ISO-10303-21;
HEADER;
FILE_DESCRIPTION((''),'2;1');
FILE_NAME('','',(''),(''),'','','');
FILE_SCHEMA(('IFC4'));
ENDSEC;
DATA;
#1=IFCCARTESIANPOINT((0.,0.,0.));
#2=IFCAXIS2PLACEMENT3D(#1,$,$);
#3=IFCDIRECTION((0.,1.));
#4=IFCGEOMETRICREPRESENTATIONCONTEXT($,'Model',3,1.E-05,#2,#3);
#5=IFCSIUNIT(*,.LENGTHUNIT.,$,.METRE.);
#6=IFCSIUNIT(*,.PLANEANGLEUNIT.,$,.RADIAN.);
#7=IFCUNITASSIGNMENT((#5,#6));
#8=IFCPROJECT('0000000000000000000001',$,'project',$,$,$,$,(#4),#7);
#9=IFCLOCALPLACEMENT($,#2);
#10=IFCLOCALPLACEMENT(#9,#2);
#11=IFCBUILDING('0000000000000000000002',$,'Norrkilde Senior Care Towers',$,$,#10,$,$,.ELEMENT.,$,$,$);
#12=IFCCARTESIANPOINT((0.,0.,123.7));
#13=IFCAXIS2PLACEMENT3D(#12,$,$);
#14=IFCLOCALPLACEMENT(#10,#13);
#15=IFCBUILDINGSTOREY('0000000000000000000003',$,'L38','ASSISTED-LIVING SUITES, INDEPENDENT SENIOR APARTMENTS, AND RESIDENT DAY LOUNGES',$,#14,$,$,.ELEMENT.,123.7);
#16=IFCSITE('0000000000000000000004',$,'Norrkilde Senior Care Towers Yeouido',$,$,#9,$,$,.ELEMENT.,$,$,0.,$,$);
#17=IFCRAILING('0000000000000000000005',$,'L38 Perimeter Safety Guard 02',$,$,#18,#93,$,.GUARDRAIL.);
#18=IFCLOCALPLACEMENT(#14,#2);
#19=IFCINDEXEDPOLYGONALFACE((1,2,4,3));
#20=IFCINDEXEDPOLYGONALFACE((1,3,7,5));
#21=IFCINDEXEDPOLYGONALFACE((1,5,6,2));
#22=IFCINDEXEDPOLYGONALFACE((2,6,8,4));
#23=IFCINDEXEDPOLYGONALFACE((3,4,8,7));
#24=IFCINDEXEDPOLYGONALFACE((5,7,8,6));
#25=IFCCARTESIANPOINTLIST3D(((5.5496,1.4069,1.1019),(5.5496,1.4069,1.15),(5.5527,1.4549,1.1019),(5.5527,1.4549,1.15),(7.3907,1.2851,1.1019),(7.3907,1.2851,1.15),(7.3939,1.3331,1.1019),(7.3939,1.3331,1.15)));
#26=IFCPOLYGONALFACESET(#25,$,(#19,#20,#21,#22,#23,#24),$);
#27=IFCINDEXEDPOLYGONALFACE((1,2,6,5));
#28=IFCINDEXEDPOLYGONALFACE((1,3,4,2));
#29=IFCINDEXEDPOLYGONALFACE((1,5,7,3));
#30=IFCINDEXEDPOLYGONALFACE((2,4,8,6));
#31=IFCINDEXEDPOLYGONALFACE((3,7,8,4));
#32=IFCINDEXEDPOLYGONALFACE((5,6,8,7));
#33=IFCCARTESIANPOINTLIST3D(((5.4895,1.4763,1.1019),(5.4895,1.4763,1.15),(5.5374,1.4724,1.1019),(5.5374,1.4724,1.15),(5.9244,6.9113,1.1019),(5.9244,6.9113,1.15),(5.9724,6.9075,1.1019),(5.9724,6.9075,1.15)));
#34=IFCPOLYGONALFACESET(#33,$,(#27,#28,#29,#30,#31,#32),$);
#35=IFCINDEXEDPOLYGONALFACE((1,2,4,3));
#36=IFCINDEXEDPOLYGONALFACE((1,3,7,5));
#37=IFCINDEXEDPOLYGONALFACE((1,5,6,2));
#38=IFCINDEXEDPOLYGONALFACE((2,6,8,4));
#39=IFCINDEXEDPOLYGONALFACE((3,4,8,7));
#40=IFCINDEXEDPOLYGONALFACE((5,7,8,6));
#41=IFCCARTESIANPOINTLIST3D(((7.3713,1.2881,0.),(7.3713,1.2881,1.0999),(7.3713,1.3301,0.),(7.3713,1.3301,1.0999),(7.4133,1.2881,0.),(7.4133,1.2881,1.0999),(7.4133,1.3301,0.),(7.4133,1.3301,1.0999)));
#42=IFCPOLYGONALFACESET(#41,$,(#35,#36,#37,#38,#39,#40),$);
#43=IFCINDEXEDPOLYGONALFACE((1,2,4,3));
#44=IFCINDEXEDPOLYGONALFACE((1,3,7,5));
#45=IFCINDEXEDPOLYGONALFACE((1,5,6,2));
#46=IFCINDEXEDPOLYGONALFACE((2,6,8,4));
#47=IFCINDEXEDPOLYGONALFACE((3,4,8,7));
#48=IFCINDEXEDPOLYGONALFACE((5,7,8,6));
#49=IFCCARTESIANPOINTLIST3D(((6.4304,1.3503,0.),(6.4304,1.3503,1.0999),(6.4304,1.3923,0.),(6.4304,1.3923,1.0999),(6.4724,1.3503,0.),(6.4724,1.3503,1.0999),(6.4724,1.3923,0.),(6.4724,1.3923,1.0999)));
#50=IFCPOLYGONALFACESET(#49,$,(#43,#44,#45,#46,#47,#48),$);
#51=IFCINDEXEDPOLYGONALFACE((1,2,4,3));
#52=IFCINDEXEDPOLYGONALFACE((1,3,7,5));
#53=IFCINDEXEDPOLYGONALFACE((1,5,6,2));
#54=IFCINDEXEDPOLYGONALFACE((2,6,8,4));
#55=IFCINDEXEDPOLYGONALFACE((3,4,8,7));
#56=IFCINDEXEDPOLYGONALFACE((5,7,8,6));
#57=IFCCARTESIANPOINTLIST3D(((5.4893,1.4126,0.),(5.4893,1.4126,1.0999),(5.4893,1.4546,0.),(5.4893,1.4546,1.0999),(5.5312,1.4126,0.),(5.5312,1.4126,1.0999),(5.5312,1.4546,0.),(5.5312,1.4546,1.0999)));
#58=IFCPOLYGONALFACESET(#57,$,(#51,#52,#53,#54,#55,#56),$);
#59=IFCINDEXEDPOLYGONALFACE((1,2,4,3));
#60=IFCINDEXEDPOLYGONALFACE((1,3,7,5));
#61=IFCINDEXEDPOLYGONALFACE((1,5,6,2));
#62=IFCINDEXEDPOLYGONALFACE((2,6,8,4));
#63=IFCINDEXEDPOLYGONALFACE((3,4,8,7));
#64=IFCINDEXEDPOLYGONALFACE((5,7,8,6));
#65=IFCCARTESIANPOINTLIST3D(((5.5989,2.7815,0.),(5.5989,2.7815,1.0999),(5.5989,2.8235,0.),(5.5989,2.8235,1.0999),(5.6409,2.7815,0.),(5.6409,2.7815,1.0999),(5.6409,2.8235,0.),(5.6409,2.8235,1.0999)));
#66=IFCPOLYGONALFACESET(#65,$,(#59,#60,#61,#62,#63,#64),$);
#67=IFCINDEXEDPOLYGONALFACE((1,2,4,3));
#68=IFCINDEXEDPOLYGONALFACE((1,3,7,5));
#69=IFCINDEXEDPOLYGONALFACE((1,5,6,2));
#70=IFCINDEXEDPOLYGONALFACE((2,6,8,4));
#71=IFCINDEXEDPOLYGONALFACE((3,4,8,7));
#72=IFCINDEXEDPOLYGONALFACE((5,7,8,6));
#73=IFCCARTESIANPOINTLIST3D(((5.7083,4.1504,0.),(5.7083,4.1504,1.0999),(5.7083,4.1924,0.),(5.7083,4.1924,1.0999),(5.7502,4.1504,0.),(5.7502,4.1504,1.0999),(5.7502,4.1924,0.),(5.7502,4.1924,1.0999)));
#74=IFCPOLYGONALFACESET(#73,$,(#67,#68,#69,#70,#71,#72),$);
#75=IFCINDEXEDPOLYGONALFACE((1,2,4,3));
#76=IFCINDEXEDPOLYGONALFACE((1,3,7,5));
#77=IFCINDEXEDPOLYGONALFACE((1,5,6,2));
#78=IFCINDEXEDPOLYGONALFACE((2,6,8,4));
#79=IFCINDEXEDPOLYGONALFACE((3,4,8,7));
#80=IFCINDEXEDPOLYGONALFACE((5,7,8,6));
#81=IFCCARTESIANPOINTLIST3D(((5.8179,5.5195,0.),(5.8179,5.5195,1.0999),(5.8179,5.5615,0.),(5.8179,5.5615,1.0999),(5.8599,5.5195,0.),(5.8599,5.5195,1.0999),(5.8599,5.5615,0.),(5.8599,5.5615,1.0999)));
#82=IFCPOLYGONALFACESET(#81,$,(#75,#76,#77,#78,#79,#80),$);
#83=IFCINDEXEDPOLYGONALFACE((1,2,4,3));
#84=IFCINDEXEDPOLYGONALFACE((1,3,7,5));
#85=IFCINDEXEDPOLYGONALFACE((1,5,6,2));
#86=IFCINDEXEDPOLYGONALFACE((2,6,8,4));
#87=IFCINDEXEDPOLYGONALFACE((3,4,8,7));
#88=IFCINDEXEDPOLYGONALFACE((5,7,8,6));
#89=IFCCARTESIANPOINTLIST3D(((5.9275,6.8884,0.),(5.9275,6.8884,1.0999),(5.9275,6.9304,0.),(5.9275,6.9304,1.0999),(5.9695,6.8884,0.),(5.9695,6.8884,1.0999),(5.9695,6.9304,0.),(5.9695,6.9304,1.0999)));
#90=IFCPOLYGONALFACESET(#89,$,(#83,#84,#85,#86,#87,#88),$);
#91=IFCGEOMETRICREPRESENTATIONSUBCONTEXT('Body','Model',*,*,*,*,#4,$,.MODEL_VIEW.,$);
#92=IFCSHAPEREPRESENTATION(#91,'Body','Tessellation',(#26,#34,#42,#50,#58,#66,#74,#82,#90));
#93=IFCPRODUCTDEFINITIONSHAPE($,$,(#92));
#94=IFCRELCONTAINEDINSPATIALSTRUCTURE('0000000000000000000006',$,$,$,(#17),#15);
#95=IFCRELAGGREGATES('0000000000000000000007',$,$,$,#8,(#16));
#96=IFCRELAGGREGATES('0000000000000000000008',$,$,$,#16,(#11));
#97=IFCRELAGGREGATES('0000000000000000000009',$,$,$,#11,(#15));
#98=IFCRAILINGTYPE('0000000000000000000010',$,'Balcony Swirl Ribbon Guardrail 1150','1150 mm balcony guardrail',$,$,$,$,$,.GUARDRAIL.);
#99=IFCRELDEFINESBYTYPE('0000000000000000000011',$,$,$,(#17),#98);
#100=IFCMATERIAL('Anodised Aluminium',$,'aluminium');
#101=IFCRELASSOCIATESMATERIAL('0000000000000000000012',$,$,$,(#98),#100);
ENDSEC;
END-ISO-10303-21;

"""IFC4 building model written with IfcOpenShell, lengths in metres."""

from ifc_helpers import new_model, si_unit, direction, frame, origin, origin_2d, place, context, subcontext, project, spatial, rectangle, extrude, material, type_object, element, save


model = new_model("IFC4")

# Units and contexts
model_context = context("Model", 3, precision=1e-05, world=origin(), true_north=direction((0.0, 1.0)))
body_context = subcontext(model_context, "Body", "Model", "MODEL_VIEW")
ifc_project = project(units=[si_unit("LENGTHUNIT", "METRE"), si_unit("PLANEANGLEUNIT", "RADIAN")], contexts=[model_context])

# Site, building, storey
site_placement = place(None, origin())
site = spatial("IfcSite", under=ifc_project, at=site_placement, Name="Norrkilde Senior Care Towers Yeouido", CompositionType="ELEMENT", RefElevation=0.0)
building_placement = place(site_placement, origin())
building = spatial("IfcBuilding", under=site, at=building_placement, Name="Norrkilde Senior Care Towers", CompositionType="ELEMENT")
storey_placement = place(building_placement, frame((0.0, 0.0, 123.7)))
storey = spatial("IfcBuildingStorey", under=building, at=storey_placement, Name="L38", Description="ASSISTED-LIVING SUITES, INDEPENDENT SENIOR APARTMENTS, AND RESIDENT DAY LOUNGES", CompositionType="ELEMENT", Elevation=123.7)

# Shared definitions
ifc_material_1 = material(Name="Anodised Aluminium", Category="aluminium")

# Railing
railing_type = type_object("IfcRailingType", Name="Balcony Swirl Ribbon Guardrail 1150", Description="1150 mm balcony guardrail", PredefinedType="GUARDRAIL", material=ifc_material_1)
railing_1_placement = place(storey_placement, frame((7.3923, 1.3091, 0.0)))
element("IfcRailing", 1, at=railing_1_placement, inside=storey, type_object=railing_type, Name="L38 Perimeter Safety Guard 02", PredefinedType="GUARDRAIL", context=body_context, shape_type="SweptSolid", body=[
    extrude(rectangle(XDim=0.0481, YDim=0.0481, at=origin_2d()), frame((0.0, 0.0, 1.126), z_axis=(-0.997819, 0.066012, 0.0), x_axis=(-0.066012, -0.997819, 0.0)), (0.0, 0.0, 1.0), 1.8452),
    extrude(rectangle(XDim=0.0481, YDim=0.0481, at=origin_2d()), frame((-1.8789, 0.1653, 1.126), z_axis=(0.079775, 0.996813, 0.0), x_axis=(-0.996813, 0.079775, 0.0)), (0.0, 0.0, 1.0), 5.4524),
    extrude(rectangle(XDim=0.042, YDim=0.042, at=origin_2d()), origin(), (0.0, 0.0, 1.0), 1.0999),
    extrude(rectangle(XDim=0.042, YDim=0.042, at=origin_2d()), frame((-0.9409, 0.0623, 0.0)), (0.0, 0.0, 1.0), 1.0999),
    extrude(rectangle(XDim=0.042, YDim=0.042, at=origin_2d()), frame((-1.8821, 0.1245, 0.0)), (0.0, 0.0, 1.0), 1.0999),
    extrude(rectangle(XDim=0.042, YDim=0.042, at=origin_2d()), frame((-1.7725, 1.4934, 0.0)), (0.0, 0.0, 1.0), 1.0999),
    extrude(rectangle(XDim=0.042, YDim=0.042, at=origin_2d()), frame((-1.6631, 2.8623, 0.0)), (0.0, 0.0, 1.0), 1.0999),
    extrude(rectangle(XDim=0.042, YDim=0.042, at=origin_2d()), frame((-1.5535, 4.2314, 0.0)), (0.0, 0.0, 1.0), 1.0999),
    extrude(rectangle(XDim=0.042, YDim=0.042, at=origin_2d()), frame((-1.4438, 5.6003, 0.0)), (0.0, 0.0, 1.0), 1.0999),
])

save(model, "model.ifc")
